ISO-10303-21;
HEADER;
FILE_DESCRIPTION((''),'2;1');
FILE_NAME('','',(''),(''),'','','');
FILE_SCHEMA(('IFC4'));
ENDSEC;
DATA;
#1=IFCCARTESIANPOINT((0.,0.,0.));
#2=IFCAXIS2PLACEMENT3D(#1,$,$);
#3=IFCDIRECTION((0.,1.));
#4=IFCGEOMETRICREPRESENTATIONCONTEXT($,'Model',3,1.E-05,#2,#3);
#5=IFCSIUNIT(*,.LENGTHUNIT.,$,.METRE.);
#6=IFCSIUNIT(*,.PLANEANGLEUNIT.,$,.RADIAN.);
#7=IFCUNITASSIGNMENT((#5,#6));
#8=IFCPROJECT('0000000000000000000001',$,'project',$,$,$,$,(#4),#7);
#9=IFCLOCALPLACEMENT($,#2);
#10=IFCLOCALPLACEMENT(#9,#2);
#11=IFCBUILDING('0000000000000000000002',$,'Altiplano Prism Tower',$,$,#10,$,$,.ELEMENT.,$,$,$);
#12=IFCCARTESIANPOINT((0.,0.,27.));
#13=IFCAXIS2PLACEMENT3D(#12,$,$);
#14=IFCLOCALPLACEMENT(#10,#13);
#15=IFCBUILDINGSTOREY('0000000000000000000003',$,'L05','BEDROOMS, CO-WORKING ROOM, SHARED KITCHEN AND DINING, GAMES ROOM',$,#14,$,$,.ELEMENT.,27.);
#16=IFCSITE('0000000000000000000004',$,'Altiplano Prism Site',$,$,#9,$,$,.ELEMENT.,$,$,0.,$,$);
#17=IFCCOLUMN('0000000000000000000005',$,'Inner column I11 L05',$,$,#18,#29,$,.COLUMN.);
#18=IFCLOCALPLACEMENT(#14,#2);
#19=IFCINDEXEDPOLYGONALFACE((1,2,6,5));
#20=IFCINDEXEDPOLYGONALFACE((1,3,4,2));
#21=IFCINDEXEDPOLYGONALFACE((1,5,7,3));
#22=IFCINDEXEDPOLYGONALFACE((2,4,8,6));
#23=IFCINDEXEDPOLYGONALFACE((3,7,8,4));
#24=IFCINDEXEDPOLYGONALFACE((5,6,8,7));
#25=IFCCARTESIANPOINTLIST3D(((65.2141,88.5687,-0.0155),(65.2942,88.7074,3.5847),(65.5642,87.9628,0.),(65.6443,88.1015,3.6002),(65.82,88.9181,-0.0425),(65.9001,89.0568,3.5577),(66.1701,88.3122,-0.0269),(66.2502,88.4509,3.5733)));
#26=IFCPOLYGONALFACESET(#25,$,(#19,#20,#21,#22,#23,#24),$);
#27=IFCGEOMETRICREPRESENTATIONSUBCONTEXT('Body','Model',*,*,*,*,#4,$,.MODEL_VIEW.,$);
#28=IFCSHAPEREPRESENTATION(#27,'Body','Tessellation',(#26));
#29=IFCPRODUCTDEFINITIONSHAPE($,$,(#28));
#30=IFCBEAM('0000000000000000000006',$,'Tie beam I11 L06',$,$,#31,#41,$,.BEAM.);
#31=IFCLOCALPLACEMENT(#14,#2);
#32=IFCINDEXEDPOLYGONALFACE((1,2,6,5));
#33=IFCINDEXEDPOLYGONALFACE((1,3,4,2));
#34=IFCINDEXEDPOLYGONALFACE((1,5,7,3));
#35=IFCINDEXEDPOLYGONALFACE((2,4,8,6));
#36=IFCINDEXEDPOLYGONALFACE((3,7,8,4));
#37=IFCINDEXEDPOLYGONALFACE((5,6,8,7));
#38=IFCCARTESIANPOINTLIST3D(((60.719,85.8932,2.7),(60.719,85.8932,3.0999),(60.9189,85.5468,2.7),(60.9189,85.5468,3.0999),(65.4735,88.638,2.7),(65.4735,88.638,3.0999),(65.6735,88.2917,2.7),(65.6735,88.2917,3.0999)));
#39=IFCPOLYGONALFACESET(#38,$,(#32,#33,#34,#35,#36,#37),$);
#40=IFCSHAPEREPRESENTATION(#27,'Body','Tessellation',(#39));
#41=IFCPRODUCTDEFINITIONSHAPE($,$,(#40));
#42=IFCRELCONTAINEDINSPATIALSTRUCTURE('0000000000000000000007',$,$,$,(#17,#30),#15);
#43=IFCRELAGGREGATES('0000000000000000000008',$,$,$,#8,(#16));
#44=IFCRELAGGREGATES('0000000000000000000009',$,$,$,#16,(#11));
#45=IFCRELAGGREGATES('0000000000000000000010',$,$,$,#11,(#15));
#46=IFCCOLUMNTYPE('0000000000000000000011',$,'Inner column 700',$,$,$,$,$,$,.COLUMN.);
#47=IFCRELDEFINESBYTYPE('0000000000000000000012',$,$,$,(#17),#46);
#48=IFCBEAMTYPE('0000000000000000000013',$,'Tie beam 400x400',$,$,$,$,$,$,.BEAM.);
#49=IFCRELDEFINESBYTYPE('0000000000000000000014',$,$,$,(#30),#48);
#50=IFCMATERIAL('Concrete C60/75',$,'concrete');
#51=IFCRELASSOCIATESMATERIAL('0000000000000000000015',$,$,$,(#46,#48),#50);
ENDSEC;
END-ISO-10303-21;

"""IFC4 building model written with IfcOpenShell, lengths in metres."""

from ifc_helpers import new_model, si_unit, direction, frame, origin, origin_2d, place, context, subcontext, project, spatial, rectangle, extrude, material, material_profile, profile_set, type_object, element, save


model = new_model("IFC4")

# Units and contexts
model_context = context("Model", 3, precision=1e-05, world=origin(), true_north=direction((0.0, 1.0)))
body_context = subcontext(model_context, "Body", "Model", "MODEL_VIEW")
ifc_project = project(units=[si_unit("LENGTHUNIT", "METRE"), si_unit("PLANEANGLEUNIT", "RADIAN")], contexts=[model_context])

# Site, building, storey
site_placement = place(None, origin())
site = spatial("IfcSite", under=ifc_project, at=site_placement, Name="Altiplano Prism Site", CompositionType="ELEMENT", RefElevation=0.0)
building_placement = place(site_placement, origin())
building = spatial("IfcBuilding", under=site, at=building_placement, Name="Altiplano Prism Tower", CompositionType="ELEMENT")
storey_placement = place(building_placement, frame((0.0, 0.0, 27.0)))
storey = spatial("IfcBuildingStorey", under=building, at=storey_placement, Name="L05", Description="BEDROOMS, CO-WORKING ROOM, SHARED KITCHEN AND DINING, GAMES ROOM", CompositionType="ELEMENT", Elevation=27.0)

# Column
ifc_material_1 = material(Name="Concrete C60/75", Category="concrete")
ifc_material_profile_1 = material_profile(ifc_material_1, rectangle(XDim=0.7, YDim=0.7, at=origin_2d()), Name="Inner column 700")
ifc_profile_set_1 = profile_set([ifc_material_profile_1], Name="Concrete C60/75")
column_type = type_object("IfcColumnType", Name="Inner column 700", PredefinedType="COLUMN", material=ifc_profile_set_1)
column_placement = place(storey_placement, frame((65.6921, 88.4404, -0.0212), z_axis=(0.022221, 0.038481, 0.999012), x_axis=(-0.865642, -0.499182, 0.038483)))
element("IfcColumn", 1, at=column_placement, inside=storey, type_object=column_type, Name="Inner column I11 L05", PredefinedType="COLUMN", context=body_context, shape_type="SweptSolid", body=[
    extrude(rectangle(XDim=0.7, YDim=0.7, at=origin_2d()), origin(), (0.0, 0.0, 1.0), 3.6038),
])

# Beam
ifc_material_profile_2 = material_profile(ifc_material_1, rectangle(XDim=0.3999, YDim=0.3999, at=origin_2d()), Name="Tie beam 400x400")
ifc_profile_set_2 = profile_set([ifc_material_profile_2], Name="Concrete C60/75")
beam_type = type_object("IfcBeamType", Name="Tie beam 400x400", PredefinedType="BEAM", material=ifc_profile_set_2)
beam_placement = place(storey_placement, frame((65.5735, 88.4648, 2.8999), z_axis=(-0.866043, -0.49997, 0.0), x_axis=(0.49997, -0.866043, 0.0)))
element("IfcBeam", 2, at=beam_placement, inside=storey, type_object=beam_type, Name="Tie beam I11 L06", PredefinedType="BEAM", context=body_context, shape_type="SweptSolid", body=[
    extrude(rectangle(XDim=0.3999, YDim=0.3999, at=origin_2d()), origin(), (0.0, 0.0, 1.0), 5.49),
])

save(model, "model.ifc")
